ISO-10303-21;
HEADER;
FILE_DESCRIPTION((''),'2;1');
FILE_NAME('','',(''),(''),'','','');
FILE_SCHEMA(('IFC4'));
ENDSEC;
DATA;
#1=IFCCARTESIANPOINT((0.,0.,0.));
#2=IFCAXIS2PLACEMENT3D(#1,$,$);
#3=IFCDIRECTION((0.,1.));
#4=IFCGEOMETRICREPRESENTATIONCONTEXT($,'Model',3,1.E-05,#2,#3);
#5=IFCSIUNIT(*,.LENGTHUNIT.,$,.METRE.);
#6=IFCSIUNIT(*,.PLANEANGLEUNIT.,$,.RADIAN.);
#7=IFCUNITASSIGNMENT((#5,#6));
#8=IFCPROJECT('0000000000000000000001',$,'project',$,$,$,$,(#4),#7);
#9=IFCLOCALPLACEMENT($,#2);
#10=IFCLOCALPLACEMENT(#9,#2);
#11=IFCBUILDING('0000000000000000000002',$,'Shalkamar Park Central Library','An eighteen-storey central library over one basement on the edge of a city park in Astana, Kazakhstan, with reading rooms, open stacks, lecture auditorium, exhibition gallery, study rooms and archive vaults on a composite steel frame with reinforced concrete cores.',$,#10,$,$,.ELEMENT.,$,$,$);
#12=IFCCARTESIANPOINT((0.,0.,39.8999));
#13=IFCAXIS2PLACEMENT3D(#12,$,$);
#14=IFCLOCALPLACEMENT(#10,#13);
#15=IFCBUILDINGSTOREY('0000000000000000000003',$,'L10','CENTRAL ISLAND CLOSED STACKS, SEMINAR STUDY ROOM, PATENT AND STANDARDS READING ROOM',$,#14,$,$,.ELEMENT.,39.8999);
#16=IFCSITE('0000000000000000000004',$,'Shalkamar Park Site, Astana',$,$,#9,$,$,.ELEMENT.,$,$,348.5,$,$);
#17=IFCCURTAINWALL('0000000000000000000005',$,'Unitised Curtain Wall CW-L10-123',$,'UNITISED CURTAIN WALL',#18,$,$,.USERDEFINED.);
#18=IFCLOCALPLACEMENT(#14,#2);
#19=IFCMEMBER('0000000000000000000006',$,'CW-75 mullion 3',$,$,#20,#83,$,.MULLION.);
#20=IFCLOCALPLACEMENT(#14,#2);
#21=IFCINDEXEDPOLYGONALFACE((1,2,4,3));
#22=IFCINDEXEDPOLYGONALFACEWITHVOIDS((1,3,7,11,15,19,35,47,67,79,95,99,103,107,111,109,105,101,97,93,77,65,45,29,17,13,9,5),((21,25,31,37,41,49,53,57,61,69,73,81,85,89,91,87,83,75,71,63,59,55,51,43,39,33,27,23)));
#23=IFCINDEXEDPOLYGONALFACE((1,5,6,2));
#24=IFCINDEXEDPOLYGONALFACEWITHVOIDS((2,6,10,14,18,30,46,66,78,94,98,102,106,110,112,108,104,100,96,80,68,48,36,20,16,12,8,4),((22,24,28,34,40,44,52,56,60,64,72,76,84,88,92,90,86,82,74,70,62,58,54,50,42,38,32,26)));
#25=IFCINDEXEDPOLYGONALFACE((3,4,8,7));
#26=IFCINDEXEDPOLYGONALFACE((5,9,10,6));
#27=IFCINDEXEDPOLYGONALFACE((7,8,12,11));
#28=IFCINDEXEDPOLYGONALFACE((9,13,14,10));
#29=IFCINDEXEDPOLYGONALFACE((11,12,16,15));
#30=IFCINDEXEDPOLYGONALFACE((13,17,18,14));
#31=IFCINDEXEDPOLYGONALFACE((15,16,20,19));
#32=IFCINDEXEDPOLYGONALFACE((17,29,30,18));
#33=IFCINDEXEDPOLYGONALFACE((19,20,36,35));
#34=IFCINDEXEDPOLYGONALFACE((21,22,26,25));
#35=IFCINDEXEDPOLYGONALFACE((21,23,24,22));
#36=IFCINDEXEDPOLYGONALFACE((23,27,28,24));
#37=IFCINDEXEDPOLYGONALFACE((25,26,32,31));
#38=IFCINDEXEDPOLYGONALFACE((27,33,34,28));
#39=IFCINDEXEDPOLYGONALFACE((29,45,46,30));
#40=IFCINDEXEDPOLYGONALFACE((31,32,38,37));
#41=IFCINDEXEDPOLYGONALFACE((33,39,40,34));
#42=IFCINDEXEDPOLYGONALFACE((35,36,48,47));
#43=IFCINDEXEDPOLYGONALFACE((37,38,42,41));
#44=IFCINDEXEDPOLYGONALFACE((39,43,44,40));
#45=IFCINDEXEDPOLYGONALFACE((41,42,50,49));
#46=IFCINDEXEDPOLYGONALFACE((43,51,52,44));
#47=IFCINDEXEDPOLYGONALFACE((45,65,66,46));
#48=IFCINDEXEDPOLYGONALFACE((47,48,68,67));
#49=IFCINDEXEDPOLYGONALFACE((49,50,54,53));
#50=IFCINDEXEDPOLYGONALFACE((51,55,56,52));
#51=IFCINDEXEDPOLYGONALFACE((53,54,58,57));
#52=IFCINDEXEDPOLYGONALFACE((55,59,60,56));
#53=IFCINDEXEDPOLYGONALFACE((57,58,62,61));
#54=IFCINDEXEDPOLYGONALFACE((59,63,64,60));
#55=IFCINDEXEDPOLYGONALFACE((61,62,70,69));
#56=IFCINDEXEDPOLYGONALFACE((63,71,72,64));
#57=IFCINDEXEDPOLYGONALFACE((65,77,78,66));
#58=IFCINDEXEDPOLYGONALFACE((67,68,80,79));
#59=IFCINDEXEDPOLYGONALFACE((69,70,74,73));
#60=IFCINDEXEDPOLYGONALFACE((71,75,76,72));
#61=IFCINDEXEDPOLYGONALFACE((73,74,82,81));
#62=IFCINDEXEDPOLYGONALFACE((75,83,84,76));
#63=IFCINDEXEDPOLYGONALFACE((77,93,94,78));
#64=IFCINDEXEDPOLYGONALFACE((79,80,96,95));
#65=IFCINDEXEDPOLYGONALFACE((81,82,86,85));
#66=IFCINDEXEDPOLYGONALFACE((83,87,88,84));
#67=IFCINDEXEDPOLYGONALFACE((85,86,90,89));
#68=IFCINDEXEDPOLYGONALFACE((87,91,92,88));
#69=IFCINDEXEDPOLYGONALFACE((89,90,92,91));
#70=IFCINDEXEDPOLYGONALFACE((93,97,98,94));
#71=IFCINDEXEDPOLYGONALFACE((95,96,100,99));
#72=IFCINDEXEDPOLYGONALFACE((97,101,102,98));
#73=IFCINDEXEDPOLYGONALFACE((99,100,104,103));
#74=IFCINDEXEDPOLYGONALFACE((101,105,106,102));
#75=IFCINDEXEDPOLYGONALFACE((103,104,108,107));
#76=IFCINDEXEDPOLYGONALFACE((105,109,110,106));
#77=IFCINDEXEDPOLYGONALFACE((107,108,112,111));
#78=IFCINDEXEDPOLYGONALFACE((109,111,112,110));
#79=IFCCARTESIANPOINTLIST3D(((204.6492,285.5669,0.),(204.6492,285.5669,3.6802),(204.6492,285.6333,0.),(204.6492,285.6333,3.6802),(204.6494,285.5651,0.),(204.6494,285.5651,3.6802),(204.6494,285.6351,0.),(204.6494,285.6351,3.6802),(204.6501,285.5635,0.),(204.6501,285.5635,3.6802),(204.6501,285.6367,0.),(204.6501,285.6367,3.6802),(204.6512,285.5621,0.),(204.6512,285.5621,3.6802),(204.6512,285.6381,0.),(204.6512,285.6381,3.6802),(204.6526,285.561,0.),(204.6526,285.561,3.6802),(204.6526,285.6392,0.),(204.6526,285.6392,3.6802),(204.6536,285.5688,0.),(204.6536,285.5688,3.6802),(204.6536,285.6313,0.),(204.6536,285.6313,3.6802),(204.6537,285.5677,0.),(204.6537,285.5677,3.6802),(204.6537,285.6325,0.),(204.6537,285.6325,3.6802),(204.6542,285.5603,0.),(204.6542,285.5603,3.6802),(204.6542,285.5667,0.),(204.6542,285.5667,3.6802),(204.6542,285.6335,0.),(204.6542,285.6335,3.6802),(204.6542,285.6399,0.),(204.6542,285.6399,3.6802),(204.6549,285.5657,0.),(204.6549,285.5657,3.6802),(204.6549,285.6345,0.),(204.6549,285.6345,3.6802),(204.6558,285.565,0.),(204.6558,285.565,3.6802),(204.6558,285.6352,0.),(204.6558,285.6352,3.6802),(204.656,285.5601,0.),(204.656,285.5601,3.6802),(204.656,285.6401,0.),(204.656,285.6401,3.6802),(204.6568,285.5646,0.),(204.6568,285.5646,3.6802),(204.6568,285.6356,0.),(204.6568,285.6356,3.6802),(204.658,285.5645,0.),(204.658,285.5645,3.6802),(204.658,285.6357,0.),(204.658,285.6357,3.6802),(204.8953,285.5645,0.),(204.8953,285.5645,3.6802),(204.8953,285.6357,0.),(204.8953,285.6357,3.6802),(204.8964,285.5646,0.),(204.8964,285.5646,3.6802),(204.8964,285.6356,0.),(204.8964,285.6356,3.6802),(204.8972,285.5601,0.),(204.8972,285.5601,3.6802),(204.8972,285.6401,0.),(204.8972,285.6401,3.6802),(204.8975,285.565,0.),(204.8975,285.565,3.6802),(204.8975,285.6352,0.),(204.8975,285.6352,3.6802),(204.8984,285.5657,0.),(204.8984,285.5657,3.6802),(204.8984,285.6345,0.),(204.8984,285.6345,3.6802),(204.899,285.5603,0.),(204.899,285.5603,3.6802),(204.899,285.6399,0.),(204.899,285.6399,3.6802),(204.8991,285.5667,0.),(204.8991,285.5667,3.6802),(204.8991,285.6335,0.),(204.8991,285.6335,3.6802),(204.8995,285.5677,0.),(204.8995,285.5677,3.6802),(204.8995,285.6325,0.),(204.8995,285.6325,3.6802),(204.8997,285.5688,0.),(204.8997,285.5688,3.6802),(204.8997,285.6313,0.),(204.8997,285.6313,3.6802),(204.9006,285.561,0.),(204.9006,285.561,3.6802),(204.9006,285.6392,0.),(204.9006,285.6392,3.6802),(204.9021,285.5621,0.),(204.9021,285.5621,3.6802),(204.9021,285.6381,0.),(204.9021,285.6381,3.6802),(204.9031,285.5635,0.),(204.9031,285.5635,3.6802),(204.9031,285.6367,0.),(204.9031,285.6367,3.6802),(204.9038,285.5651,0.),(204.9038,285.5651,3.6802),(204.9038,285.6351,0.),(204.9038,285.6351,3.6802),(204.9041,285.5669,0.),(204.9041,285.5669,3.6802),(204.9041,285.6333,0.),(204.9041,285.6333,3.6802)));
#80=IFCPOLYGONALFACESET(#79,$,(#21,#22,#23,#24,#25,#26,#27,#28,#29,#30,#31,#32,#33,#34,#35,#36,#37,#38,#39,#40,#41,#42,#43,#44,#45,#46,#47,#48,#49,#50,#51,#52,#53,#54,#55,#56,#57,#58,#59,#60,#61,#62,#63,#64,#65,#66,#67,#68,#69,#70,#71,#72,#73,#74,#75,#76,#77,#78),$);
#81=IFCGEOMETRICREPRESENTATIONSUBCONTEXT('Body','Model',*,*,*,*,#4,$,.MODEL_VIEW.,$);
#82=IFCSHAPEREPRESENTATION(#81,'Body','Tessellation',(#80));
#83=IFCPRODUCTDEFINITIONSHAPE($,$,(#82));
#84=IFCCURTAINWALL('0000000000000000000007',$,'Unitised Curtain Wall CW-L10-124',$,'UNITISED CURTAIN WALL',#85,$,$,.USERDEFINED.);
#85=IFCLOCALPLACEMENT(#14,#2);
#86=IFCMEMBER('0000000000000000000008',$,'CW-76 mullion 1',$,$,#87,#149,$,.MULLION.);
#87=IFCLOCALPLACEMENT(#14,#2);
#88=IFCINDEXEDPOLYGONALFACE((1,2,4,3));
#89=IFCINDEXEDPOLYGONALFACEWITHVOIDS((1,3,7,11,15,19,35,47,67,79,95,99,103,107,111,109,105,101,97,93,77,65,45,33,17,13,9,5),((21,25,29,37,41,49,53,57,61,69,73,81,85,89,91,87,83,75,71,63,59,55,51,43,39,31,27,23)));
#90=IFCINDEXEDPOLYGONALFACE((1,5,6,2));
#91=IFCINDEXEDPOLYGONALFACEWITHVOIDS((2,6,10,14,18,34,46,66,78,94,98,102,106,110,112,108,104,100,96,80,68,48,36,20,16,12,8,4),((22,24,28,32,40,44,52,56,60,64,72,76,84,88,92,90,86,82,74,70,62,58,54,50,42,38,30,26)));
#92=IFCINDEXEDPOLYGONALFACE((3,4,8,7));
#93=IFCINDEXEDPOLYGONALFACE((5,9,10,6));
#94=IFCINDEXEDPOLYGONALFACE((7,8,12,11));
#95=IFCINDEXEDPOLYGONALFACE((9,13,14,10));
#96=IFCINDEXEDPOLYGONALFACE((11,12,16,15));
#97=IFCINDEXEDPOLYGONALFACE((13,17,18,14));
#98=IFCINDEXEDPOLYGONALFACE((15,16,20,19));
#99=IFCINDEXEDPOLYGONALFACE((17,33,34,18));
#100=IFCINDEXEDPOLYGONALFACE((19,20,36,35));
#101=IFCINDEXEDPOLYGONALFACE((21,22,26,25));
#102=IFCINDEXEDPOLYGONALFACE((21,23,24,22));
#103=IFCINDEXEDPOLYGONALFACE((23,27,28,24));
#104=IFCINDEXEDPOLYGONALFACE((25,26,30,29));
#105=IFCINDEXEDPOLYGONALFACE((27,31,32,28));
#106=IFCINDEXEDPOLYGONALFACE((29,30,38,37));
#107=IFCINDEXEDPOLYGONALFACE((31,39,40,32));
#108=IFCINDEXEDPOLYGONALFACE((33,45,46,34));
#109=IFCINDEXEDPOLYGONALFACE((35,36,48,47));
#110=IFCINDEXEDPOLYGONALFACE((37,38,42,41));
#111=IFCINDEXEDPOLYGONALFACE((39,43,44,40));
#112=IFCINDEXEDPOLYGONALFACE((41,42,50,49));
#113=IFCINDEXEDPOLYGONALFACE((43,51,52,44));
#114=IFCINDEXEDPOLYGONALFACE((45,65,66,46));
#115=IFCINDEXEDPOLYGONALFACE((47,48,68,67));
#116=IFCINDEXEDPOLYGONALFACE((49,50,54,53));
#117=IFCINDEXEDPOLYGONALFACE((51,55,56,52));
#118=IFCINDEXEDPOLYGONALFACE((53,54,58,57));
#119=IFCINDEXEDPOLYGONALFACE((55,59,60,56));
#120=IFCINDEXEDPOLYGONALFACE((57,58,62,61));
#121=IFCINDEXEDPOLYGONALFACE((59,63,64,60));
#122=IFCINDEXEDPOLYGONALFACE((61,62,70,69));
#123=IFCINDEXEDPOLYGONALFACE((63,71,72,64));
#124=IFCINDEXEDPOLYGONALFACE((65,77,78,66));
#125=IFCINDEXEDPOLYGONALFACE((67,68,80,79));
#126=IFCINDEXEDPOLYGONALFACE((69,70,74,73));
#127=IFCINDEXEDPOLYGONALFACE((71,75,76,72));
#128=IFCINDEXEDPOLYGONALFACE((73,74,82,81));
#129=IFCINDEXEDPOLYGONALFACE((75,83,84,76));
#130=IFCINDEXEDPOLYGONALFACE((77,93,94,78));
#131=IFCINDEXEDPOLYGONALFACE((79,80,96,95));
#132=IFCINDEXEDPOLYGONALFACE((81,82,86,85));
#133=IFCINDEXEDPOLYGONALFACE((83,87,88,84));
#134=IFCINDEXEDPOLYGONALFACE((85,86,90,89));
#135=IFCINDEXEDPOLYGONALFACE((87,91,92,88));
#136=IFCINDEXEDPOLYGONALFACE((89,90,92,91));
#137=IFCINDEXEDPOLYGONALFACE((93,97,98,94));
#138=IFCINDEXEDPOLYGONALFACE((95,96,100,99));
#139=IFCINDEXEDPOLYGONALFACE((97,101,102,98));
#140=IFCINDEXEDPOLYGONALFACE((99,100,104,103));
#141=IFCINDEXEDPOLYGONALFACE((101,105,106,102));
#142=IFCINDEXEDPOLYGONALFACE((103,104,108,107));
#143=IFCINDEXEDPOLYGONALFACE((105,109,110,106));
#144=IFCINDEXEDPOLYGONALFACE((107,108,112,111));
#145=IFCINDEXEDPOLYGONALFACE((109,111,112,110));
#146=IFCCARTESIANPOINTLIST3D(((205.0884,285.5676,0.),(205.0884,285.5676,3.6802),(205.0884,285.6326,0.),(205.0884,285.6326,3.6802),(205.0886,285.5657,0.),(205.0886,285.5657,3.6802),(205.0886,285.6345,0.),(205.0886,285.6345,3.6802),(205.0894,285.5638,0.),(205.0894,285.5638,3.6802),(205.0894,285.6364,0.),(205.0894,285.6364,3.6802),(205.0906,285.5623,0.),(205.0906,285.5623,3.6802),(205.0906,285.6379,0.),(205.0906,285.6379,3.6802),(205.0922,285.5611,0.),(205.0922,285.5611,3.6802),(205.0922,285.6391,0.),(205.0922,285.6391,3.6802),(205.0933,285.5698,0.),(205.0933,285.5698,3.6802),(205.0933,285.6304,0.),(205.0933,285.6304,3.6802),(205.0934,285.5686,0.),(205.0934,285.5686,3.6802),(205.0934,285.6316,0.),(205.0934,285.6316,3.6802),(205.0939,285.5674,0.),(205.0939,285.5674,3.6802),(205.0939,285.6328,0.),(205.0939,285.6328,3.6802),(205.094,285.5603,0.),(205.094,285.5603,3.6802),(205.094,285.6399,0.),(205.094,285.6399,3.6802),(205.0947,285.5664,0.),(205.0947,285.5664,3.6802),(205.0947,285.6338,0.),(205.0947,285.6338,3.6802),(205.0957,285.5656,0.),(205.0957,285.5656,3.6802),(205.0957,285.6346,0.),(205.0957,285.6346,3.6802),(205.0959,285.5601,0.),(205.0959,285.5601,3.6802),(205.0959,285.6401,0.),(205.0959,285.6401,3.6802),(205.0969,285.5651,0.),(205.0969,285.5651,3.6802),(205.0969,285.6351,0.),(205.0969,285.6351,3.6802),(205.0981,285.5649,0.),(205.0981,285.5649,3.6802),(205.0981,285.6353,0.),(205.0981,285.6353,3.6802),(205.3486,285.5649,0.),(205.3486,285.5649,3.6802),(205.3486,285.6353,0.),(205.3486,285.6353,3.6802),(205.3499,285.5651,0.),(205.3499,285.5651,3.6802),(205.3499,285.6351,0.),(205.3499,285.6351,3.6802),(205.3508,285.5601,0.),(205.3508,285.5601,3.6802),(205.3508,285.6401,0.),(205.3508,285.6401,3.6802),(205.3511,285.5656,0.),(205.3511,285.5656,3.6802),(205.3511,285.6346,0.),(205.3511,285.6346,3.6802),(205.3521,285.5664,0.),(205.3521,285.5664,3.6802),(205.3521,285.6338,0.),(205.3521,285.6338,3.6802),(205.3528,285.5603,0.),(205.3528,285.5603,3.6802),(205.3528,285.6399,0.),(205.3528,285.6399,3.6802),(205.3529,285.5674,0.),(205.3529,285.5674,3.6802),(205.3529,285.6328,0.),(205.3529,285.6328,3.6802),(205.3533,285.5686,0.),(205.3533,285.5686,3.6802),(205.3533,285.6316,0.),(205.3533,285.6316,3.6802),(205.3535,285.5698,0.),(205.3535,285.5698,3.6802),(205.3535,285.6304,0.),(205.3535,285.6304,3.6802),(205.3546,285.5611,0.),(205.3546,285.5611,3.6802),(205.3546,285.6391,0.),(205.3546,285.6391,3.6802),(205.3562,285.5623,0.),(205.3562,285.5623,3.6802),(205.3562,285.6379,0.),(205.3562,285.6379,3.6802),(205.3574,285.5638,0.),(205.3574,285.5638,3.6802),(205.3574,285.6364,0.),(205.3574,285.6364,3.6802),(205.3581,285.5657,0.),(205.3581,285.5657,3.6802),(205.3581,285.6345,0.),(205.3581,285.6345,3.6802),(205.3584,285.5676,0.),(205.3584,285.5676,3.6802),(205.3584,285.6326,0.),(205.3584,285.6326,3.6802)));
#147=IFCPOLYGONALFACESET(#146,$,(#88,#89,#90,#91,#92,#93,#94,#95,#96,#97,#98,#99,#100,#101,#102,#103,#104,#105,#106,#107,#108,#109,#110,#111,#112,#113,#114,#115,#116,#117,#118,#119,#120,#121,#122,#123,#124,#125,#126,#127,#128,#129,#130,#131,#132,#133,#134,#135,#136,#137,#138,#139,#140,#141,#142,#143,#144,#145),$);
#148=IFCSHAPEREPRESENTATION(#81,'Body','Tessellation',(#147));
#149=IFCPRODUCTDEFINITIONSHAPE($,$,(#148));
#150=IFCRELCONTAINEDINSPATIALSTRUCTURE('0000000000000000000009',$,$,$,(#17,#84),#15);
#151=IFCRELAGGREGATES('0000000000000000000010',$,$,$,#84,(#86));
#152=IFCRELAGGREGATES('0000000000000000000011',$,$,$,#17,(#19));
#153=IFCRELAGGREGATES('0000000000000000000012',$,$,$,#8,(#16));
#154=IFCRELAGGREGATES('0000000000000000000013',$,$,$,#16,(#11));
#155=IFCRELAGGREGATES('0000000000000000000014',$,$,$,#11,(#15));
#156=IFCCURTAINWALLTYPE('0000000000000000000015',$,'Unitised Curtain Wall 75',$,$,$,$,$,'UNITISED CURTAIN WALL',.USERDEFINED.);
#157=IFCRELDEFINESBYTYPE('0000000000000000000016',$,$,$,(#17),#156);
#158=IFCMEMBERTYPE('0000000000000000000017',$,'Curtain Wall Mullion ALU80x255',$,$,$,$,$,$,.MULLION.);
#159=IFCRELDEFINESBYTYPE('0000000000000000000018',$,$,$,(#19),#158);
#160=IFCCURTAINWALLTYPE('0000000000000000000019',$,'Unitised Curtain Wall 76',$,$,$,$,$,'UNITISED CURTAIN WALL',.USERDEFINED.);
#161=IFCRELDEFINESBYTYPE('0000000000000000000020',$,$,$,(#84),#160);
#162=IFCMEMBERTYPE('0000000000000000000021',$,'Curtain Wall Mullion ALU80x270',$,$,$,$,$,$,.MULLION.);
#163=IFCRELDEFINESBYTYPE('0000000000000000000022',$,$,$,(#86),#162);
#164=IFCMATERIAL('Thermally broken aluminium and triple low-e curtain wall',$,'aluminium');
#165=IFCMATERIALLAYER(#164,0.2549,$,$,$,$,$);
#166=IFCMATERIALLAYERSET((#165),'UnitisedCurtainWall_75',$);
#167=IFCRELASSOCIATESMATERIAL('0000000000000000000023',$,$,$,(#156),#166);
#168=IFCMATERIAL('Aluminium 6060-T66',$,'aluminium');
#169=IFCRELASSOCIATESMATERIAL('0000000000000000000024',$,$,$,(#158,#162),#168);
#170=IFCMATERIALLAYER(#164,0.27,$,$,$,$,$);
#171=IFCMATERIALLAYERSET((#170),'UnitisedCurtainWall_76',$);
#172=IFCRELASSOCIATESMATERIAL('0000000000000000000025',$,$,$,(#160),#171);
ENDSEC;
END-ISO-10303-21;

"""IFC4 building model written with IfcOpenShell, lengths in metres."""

from ifc_helpers import new_model, si_unit, direction, frame, origin, origin_2d, place, context, subcontext, project, spatial, hollow_rectangle, extrude, material, layer, layer_set, material_profile, profile_set, type_object, element, aggregate, save


model = new_model("IFC4")

# Units and contexts
model_context = context("Model", 3, precision=1e-05, world=origin(), true_north=direction((0.0, 1.0)))
body_context = subcontext(model_context, "Body", "Model", "MODEL_VIEW")
ifc_project = project(units=[si_unit("LENGTHUNIT", "METRE"), si_unit("PLANEANGLEUNIT", "RADIAN")], contexts=[model_context])

# Site, building, storey
site_placement = place(None, origin())
site = spatial("IfcSite", under=ifc_project, at=site_placement, Name="Shalkamar Park Site, Astana", CompositionType="ELEMENT", RefElevation=348.5)
building_placement = place(site_placement, origin())
building = spatial("IfcBuilding", under=site, at=building_placement, Name="Shalkamar Park Central Library", Description="An eighteen-storey central library over one basement on the edge of a city park in Astana, Kazakhstan, with reading rooms, open stacks, lecture auditorium, exhibition gallery, study rooms and archive vaults on a composite steel frame with reinforced concrete cores.", CompositionType="ELEMENT")
storey_placement = place(building_placement, frame((0.0, 0.0, 39.8999)))
storey = spatial("IfcBuildingStorey", under=building, at=storey_placement, Name="L10", Description="CENTRAL ISLAND CLOSED STACKS, SEMINAR STUDY ROOM, PATENT AND STANDARDS READING ROOM", CompositionType="ELEMENT", Elevation=39.8999)

# Curtain wall, member
ifc_material_1 = material(Name="Thermally broken aluminium and triple low-e curtain wall", Category="aluminium")
ifc_layer_1 = layer(ifc_material_1, 0.2549)
ifc_layer_set_1 = layer_set([ifc_layer_1], Name="UnitisedCurtainWall_75")
curtain_wall_type_1 = type_object("IfcCurtainWallType", Name="Unitised Curtain Wall 75", ElementType="UNITISED CURTAIN WALL", PredefinedType="USERDEFINED", material=ifc_layer_set_1)
curtain_wall_1_placement = place(storey_placement, origin())
curtain_wall_1 = element("IfcCurtainWall", 1, at=curtain_wall_1_placement, inside=storey, type_object=curtain_wall_type_1, Name="Unitised Curtain Wall CW-L10-123", ObjectType="UNITISED CURTAIN WALL", PredefinedType="USERDEFINED")
ifc_material_2 = material(Name="Aluminium 6060-T66", Category="aluminium")
ifc_material_profile_1 = material_profile(ifc_material_2, hollow_rectangle(XDim=0.0801, YDim=0.2549, WallThickness=0.0044, InnerFilletRadius=0.0044, OuterFilletRadius=0.0068, at=origin_2d()), Name="ALU 80x255x4.5")
ifc_profile_set_1 = profile_set([ifc_material_profile_1], Name="Aluminium 6060-T66")
member_type_1 = type_object("IfcMemberType", Name="Curtain Wall Mullion ALU80x255", PredefinedType="MULLION", material=ifc_profile_set_1)
member_1_placement = place(storey_placement, frame((204.7766, 285.6001, 0.0), z_axis=(0.0, 0.0, 1.0), x_axis=(0.0, 1.0, 0.0)))
member_1 = element("IfcMember", 2, at=member_1_placement, type_object=member_type_1, Name="CW-75 mullion 3", PredefinedType="MULLION", context=body_context, shape_type="SweptSolid", body=[
    extrude(hollow_rectangle(XDim=0.0801, YDim=0.2549, WallThickness=0.0044, InnerFilletRadius=0.0044, OuterFilletRadius=0.0068, at=origin_2d()), origin(), (0.0, 0.0, 1.0), 3.6802),
])

# Curtain wall, member
ifc_layer_2 = layer(ifc_material_1, 0.27)
ifc_layer_set_2 = layer_set([ifc_layer_2], Name="UnitisedCurtainWall_76")
curtain_wall_type_2 = type_object("IfcCurtainWallType", Name="Unitised Curtain Wall 76", ElementType="UNITISED CURTAIN WALL", PredefinedType="USERDEFINED", material=ifc_layer_set_2)
curtain_wall_2_placement = place(storey_placement, origin())
curtain_wall_2 = element("IfcCurtainWall", 3, at=curtain_wall_2_placement, inside=storey, type_object=curtain_wall_type_2, Name="Unitised Curtain Wall CW-L10-124", ObjectType="UNITISED CURTAIN WALL", PredefinedType="USERDEFINED")
ifc_material_profile_2 = material_profile(ifc_material_2, hollow_rectangle(XDim=0.0801, YDim=0.27, WallThickness=0.0049, InnerFilletRadius=0.0049, OuterFilletRadius=0.0076, at=origin_2d()), Name="ALU 80x270x5")
ifc_profile_set_2 = profile_set([ifc_material_profile_2], Name="Aluminium 6060-T66")
member_type_2 = type_object("IfcMemberType", Name="Curtain Wall Mullion ALU80x270", PredefinedType="MULLION", material=ifc_profile_set_2)
member_2_placement = place(storey_placement, frame((205.2234, 285.6001, 0.0), z_axis=(0.0, 0.0, 1.0), x_axis=(0.0, 1.0, 0.0)))
member_2 = element("IfcMember", 4, at=member_2_placement, type_object=member_type_2, Name="CW-76 mullion 1", PredefinedType="MULLION", context=body_context, shape_type="SweptSolid", body=[
    extrude(hollow_rectangle(XDim=0.0801, YDim=0.27, WallThickness=0.0049, InnerFilletRadius=0.0049, OuterFilletRadius=0.0076, at=origin_2d()), origin(), (0.0, 0.0, 1.0), 3.6802),
])

aggregate(curtain_wall_2, [member_2])

aggregate(curtain_wall_1, [member_1])

save(model, "model.ifc")
